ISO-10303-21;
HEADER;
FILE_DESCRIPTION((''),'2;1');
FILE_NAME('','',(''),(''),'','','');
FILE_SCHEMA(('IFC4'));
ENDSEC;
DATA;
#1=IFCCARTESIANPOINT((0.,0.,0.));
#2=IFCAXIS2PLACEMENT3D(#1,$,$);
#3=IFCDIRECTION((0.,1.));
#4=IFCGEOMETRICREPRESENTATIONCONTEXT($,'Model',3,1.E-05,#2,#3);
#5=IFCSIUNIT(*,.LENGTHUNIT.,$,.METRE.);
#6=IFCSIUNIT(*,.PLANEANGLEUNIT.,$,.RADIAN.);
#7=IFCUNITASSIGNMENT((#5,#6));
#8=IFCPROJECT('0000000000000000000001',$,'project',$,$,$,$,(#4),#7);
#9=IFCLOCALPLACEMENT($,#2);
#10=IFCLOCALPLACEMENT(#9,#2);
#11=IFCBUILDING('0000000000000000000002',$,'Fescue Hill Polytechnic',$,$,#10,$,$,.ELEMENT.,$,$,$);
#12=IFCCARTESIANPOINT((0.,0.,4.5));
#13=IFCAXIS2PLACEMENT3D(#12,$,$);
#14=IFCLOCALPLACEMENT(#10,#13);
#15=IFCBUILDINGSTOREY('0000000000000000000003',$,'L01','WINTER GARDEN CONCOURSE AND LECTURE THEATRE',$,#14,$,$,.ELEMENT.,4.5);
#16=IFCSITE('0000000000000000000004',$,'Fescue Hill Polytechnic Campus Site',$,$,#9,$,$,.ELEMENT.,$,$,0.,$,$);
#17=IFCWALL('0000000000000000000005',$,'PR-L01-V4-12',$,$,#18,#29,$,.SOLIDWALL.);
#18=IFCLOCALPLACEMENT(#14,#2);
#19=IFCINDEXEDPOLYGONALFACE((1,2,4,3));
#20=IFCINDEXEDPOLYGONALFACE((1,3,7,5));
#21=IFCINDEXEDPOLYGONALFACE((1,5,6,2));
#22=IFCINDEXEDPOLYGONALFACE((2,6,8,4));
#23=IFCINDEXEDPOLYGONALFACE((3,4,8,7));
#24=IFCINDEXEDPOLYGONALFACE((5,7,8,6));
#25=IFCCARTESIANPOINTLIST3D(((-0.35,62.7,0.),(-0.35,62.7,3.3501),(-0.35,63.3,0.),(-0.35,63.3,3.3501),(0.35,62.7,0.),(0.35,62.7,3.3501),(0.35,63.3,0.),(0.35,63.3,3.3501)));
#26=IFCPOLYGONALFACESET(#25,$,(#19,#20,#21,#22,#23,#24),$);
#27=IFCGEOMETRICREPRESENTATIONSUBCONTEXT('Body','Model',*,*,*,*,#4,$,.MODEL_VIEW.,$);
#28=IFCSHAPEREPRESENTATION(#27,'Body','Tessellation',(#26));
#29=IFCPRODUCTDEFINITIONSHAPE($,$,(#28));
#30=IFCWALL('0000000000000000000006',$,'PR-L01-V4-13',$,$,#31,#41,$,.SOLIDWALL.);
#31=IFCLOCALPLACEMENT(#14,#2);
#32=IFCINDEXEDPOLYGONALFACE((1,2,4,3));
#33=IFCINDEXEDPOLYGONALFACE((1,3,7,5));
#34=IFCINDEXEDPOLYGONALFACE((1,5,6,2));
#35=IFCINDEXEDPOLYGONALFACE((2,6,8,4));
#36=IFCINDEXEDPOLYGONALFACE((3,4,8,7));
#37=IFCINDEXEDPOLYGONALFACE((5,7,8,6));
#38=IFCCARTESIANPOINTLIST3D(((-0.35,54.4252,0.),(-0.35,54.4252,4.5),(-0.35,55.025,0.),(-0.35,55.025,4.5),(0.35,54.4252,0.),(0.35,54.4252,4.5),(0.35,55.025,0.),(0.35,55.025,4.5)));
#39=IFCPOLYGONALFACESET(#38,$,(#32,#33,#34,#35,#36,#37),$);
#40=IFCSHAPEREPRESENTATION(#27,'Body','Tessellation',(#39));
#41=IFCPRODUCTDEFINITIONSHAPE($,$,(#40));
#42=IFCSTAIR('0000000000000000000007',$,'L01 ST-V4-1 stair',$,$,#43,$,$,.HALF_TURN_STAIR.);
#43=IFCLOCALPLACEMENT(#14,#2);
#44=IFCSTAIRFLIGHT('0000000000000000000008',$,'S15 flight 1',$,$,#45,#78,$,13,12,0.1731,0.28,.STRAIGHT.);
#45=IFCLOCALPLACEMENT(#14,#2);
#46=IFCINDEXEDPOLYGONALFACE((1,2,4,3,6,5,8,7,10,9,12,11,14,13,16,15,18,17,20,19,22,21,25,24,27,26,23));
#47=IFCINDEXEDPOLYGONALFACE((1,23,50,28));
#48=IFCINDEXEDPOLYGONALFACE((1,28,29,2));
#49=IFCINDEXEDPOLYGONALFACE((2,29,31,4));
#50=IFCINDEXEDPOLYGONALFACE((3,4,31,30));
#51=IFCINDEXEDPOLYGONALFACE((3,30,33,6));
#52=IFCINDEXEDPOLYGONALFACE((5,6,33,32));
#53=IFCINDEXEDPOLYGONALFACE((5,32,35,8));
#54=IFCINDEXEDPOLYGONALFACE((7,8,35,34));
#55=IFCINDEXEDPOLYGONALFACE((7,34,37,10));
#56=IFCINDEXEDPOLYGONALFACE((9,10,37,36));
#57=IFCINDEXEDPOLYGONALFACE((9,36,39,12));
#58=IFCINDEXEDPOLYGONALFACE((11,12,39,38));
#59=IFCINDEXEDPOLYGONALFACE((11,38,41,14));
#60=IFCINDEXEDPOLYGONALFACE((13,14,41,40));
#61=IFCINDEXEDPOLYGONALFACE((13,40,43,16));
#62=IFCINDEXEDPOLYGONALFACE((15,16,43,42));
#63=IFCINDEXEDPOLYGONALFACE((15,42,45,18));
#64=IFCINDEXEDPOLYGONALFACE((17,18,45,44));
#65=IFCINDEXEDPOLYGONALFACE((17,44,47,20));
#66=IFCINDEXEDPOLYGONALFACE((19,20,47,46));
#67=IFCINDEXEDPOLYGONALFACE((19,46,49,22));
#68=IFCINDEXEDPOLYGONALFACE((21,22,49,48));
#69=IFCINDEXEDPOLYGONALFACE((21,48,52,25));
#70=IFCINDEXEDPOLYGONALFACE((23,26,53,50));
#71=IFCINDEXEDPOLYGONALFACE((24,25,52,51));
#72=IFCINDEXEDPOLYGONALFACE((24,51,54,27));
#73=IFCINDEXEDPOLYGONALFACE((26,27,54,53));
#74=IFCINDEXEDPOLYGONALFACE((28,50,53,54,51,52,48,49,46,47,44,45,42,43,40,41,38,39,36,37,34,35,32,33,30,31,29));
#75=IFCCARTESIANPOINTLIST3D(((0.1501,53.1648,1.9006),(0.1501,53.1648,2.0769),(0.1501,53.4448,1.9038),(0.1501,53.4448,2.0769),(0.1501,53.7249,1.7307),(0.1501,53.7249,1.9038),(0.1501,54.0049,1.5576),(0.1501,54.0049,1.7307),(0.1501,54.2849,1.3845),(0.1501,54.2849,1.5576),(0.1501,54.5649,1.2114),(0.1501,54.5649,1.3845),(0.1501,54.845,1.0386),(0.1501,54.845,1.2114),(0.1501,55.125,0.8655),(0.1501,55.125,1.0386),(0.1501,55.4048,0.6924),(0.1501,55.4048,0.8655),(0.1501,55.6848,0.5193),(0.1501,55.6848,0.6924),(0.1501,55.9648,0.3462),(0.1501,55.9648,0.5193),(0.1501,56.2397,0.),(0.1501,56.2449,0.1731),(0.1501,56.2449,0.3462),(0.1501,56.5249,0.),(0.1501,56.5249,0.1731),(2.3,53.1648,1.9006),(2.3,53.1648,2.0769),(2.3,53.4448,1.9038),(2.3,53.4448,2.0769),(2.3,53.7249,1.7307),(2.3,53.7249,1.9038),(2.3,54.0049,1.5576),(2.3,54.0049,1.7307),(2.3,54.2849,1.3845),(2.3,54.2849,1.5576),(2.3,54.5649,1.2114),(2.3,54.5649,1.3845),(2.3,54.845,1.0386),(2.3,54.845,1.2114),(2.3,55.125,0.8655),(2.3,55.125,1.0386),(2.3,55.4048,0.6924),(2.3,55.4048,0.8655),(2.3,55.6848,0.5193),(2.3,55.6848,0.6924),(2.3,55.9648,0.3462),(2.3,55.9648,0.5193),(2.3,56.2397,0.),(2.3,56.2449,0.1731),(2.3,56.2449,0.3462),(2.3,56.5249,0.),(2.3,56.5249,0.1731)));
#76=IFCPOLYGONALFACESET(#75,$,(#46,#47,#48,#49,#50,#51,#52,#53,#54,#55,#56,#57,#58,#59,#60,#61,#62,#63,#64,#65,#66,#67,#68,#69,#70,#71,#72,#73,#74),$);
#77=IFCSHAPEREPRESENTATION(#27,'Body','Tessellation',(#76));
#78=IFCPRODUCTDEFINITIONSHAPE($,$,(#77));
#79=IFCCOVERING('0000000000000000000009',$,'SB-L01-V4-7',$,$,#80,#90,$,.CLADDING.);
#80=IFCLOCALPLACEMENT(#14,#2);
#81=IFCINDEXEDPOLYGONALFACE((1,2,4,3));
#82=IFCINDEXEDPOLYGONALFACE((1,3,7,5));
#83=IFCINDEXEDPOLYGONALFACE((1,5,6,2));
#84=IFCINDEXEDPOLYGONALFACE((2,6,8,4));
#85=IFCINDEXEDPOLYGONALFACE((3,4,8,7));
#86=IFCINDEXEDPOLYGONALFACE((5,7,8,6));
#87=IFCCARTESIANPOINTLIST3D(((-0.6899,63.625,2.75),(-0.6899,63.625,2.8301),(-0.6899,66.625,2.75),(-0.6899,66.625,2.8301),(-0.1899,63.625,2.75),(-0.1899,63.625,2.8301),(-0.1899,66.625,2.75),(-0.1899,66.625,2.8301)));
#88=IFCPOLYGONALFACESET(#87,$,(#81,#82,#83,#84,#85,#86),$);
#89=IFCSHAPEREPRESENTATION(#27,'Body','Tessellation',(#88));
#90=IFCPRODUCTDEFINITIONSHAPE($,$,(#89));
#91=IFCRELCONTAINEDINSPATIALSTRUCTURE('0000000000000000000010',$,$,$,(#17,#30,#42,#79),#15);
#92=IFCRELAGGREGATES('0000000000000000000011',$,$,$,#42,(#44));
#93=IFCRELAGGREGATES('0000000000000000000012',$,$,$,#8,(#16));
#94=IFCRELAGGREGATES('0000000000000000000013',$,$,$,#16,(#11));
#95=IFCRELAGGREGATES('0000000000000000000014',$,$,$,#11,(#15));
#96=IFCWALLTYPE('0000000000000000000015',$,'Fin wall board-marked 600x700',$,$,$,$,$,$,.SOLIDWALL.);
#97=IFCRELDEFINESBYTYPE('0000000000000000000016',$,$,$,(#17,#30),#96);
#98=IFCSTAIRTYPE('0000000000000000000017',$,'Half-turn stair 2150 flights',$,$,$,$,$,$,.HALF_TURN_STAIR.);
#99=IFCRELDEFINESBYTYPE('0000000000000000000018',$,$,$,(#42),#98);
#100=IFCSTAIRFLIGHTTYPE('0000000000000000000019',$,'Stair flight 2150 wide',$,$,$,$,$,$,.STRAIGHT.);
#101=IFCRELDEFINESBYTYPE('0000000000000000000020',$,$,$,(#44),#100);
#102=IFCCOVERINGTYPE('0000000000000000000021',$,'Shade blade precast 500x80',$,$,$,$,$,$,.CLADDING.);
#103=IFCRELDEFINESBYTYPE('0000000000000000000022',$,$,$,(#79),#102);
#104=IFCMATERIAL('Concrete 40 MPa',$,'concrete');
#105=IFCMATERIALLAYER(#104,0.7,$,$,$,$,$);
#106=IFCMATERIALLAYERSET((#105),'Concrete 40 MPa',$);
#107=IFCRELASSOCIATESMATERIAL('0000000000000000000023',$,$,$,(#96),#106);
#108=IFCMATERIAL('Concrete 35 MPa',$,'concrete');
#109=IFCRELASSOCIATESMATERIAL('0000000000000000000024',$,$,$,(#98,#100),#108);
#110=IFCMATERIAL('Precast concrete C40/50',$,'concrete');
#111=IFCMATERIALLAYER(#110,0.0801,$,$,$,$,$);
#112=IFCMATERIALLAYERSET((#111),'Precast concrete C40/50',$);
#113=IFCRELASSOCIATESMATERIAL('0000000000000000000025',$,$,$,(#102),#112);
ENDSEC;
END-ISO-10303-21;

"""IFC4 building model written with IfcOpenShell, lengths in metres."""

from ifc_helpers import new_model, si_unit, direction, frame, frame_2d, origin, origin_2d, place, context, subcontext, project, spatial, polyline, rectangle, outline, extrude, material, layer, layer_set, type_object, element, aggregate, save


model = new_model("IFC4")

# Units and contexts
model_context = context("Model", 3, precision=1e-05, world=origin(), true_north=direction((0.0, 1.0)))
body_context = subcontext(model_context, "Body", "Model", "MODEL_VIEW")
ifc_project = project(units=[si_unit("LENGTHUNIT", "METRE"), si_unit("PLANEANGLEUNIT", "RADIAN")], contexts=[model_context])

# Site, building, storey
site_placement = place(None, origin())
site = spatial("IfcSite", under=ifc_project, at=site_placement, Name="Fescue Hill Polytechnic Campus Site", CompositionType="ELEMENT", RefElevation=0.0)
building_placement = place(site_placement, origin())
building = spatial("IfcBuilding", under=site, at=building_placement, Name="Fescue Hill Polytechnic", CompositionType="ELEMENT")
storey_placement = place(building_placement, frame((0.0, 0.0, 4.5)))
storey = spatial("IfcBuildingStorey", under=building, at=storey_placement, Name="L01", Description="WINTER GARDEN CONCOURSE AND LECTURE THEATRE", CompositionType="ELEMENT", Elevation=4.5)

# Shared definitions
ifc_material_1 = material(Name="Concrete 40 MPa", Category="concrete")

# Walls
ifc_layer_1 = layer(ifc_material_1, 0.7)
ifc_layer_set_1 = layer_set([ifc_layer_1], Name="Concrete 40 MPa")
wall_type_1 = type_object("IfcWallType", Name="Fin wall board-marked 600x700", PredefinedType="SOLIDWALL", material=ifc_layer_set_1)
wall_1_placement = place(storey_placement, frame((0.0, 63.3, 0.0), z_axis=(0.0, 0.0, 1.0), x_axis=(0.0, -1.0, 0.0)))
element("IfcWall", 1, at=wall_1_placement, inside=storey, type_object=wall_type_1, Name="PR-L01-V4-12", PredefinedType="SOLIDWALL", context=body_context, shape_type="SweptSolid", body=[
    extrude(rectangle(XDim=0.6001, YDim=0.7, at=frame_2d((0.3, 0.0))), origin(), (0.0, 0.0, 1.0), 3.3501),
])
wall_2_placement = place(storey_placement, frame((0.0, 55.0249, 0.0), z_axis=(0.0, 0.0, 1.0), x_axis=(0.0, -1.0, 0.0)))
element("IfcWall", 2, at=wall_2_placement, inside=storey, type_object=wall_type_1, Name="PR-L01-V4-13", PredefinedType="SOLIDWALL", context=body_context, shape_type="SweptSolid", body=[
    extrude(rectangle(XDim=0.5999, YDim=0.7, at=frame_2d((0.2998, 0.0))), origin(), (0.0, 0.0, 1.0), 4.5),
])

# Stair, stair flight
ifc_material_2 = material(Name="Concrete 35 MPa", Category="concrete")
stair_type = type_object("IfcStairType", Name="Half-turn stair 2150 flights", PredefinedType="HALF_TURN_STAIR", material=ifc_material_2)
stair_placement = place(storey_placement, origin())
stair = element("IfcStair", 3, at=stair_placement, inside=storey, type_object=stair_type, Name="L01 ST-V4-1 stair", PredefinedType="HALF_TURN_STAIR")
stair_flight_type = type_object("IfcStairFlightType", Name="Stair flight 2150 wide", PredefinedType="STRAIGHT", material=ifc_material_2)
stair_flight_placement = place(storey_placement, frame((1.2251, 56.5249, 0.0), z_axis=(0.0, 0.0, 1.0), x_axis=(0.0, -1.0, 0.0)))
stair_flight = element("IfcStairFlight", 4, at=stair_flight_placement, type_object=stair_flight_type, Name="S15 flight 1", NumberOfRisers=13, NumberOfTreads=12, PredefinedType="STRAIGHT", RiserHeight=0.1731, TreadLength=0.28, context=body_context, shape_type="SweptSolid", body=[
    extrude(outline(polyline([(0.0, 0.0), (0.0, 0.1731), (0.28, 0.1731), (0.28, 0.3462), (0.5601, 0.3462), (0.5601, 0.5193), (0.8401, 0.5193), (0.8401, 0.6924), (1.1201, 0.6924), (1.1201, 0.8655), (1.3999, 0.8655), (1.3999, 1.0386), (1.6799, 1.0386), (1.6799, 1.2114), (1.96, 1.2114), (1.96, 1.3845), (2.24, 1.3845), (2.24, 1.5576), (2.52, 1.5576), (2.52, 1.7307), (2.8, 1.7307), (2.8, 1.9038), (3.0801, 1.9038), (3.0801, 2.0769), (3.3601, 2.0769), (3.3601, 2.25), (3.3601, 1.9006), (0.2852, 0.0), (0.0, 0.0)])), frame((0.0, 1.075, 0.0), z_axis=(0.0, -1.0, 0.0), x_axis=(1.0, 0.0, 0.0)), (0.0, 0.0, 1.0), 2.1499),
])
aggregate(stair, [stair_flight])

# Covering
ifc_material_3 = material(Name="Precast concrete C40/50", Category="concrete")
ifc_layer_2 = layer(ifc_material_3, 0.0801)
ifc_layer_set_2 = layer_set([ifc_layer_2], Name="Precast concrete C40/50")
covering_type = type_object("IfcCoveringType", Name="Shade blade precast 500x80", PredefinedType="CLADDING", material=ifc_layer_set_2)
covering_placement = place(storey_placement, frame((-0.4399, 65.125, 2.75), z_axis=(0.0, 0.0, 1.0), x_axis=(0.0, -1.0, 0.0)))
element("IfcCovering", 5, at=covering_placement, inside=storey, type_object=covering_type, Name="SB-L01-V4-7", PredefinedType="CLADDING", context=body_context, shape_type="SweptSolid", body=[
    extrude(rectangle(XDim=3.0, YDim=0.5, at=origin_2d()), origin(), (0.0, 0.0, 1.0), 0.0801),
])

save(model, "model.ifc")
